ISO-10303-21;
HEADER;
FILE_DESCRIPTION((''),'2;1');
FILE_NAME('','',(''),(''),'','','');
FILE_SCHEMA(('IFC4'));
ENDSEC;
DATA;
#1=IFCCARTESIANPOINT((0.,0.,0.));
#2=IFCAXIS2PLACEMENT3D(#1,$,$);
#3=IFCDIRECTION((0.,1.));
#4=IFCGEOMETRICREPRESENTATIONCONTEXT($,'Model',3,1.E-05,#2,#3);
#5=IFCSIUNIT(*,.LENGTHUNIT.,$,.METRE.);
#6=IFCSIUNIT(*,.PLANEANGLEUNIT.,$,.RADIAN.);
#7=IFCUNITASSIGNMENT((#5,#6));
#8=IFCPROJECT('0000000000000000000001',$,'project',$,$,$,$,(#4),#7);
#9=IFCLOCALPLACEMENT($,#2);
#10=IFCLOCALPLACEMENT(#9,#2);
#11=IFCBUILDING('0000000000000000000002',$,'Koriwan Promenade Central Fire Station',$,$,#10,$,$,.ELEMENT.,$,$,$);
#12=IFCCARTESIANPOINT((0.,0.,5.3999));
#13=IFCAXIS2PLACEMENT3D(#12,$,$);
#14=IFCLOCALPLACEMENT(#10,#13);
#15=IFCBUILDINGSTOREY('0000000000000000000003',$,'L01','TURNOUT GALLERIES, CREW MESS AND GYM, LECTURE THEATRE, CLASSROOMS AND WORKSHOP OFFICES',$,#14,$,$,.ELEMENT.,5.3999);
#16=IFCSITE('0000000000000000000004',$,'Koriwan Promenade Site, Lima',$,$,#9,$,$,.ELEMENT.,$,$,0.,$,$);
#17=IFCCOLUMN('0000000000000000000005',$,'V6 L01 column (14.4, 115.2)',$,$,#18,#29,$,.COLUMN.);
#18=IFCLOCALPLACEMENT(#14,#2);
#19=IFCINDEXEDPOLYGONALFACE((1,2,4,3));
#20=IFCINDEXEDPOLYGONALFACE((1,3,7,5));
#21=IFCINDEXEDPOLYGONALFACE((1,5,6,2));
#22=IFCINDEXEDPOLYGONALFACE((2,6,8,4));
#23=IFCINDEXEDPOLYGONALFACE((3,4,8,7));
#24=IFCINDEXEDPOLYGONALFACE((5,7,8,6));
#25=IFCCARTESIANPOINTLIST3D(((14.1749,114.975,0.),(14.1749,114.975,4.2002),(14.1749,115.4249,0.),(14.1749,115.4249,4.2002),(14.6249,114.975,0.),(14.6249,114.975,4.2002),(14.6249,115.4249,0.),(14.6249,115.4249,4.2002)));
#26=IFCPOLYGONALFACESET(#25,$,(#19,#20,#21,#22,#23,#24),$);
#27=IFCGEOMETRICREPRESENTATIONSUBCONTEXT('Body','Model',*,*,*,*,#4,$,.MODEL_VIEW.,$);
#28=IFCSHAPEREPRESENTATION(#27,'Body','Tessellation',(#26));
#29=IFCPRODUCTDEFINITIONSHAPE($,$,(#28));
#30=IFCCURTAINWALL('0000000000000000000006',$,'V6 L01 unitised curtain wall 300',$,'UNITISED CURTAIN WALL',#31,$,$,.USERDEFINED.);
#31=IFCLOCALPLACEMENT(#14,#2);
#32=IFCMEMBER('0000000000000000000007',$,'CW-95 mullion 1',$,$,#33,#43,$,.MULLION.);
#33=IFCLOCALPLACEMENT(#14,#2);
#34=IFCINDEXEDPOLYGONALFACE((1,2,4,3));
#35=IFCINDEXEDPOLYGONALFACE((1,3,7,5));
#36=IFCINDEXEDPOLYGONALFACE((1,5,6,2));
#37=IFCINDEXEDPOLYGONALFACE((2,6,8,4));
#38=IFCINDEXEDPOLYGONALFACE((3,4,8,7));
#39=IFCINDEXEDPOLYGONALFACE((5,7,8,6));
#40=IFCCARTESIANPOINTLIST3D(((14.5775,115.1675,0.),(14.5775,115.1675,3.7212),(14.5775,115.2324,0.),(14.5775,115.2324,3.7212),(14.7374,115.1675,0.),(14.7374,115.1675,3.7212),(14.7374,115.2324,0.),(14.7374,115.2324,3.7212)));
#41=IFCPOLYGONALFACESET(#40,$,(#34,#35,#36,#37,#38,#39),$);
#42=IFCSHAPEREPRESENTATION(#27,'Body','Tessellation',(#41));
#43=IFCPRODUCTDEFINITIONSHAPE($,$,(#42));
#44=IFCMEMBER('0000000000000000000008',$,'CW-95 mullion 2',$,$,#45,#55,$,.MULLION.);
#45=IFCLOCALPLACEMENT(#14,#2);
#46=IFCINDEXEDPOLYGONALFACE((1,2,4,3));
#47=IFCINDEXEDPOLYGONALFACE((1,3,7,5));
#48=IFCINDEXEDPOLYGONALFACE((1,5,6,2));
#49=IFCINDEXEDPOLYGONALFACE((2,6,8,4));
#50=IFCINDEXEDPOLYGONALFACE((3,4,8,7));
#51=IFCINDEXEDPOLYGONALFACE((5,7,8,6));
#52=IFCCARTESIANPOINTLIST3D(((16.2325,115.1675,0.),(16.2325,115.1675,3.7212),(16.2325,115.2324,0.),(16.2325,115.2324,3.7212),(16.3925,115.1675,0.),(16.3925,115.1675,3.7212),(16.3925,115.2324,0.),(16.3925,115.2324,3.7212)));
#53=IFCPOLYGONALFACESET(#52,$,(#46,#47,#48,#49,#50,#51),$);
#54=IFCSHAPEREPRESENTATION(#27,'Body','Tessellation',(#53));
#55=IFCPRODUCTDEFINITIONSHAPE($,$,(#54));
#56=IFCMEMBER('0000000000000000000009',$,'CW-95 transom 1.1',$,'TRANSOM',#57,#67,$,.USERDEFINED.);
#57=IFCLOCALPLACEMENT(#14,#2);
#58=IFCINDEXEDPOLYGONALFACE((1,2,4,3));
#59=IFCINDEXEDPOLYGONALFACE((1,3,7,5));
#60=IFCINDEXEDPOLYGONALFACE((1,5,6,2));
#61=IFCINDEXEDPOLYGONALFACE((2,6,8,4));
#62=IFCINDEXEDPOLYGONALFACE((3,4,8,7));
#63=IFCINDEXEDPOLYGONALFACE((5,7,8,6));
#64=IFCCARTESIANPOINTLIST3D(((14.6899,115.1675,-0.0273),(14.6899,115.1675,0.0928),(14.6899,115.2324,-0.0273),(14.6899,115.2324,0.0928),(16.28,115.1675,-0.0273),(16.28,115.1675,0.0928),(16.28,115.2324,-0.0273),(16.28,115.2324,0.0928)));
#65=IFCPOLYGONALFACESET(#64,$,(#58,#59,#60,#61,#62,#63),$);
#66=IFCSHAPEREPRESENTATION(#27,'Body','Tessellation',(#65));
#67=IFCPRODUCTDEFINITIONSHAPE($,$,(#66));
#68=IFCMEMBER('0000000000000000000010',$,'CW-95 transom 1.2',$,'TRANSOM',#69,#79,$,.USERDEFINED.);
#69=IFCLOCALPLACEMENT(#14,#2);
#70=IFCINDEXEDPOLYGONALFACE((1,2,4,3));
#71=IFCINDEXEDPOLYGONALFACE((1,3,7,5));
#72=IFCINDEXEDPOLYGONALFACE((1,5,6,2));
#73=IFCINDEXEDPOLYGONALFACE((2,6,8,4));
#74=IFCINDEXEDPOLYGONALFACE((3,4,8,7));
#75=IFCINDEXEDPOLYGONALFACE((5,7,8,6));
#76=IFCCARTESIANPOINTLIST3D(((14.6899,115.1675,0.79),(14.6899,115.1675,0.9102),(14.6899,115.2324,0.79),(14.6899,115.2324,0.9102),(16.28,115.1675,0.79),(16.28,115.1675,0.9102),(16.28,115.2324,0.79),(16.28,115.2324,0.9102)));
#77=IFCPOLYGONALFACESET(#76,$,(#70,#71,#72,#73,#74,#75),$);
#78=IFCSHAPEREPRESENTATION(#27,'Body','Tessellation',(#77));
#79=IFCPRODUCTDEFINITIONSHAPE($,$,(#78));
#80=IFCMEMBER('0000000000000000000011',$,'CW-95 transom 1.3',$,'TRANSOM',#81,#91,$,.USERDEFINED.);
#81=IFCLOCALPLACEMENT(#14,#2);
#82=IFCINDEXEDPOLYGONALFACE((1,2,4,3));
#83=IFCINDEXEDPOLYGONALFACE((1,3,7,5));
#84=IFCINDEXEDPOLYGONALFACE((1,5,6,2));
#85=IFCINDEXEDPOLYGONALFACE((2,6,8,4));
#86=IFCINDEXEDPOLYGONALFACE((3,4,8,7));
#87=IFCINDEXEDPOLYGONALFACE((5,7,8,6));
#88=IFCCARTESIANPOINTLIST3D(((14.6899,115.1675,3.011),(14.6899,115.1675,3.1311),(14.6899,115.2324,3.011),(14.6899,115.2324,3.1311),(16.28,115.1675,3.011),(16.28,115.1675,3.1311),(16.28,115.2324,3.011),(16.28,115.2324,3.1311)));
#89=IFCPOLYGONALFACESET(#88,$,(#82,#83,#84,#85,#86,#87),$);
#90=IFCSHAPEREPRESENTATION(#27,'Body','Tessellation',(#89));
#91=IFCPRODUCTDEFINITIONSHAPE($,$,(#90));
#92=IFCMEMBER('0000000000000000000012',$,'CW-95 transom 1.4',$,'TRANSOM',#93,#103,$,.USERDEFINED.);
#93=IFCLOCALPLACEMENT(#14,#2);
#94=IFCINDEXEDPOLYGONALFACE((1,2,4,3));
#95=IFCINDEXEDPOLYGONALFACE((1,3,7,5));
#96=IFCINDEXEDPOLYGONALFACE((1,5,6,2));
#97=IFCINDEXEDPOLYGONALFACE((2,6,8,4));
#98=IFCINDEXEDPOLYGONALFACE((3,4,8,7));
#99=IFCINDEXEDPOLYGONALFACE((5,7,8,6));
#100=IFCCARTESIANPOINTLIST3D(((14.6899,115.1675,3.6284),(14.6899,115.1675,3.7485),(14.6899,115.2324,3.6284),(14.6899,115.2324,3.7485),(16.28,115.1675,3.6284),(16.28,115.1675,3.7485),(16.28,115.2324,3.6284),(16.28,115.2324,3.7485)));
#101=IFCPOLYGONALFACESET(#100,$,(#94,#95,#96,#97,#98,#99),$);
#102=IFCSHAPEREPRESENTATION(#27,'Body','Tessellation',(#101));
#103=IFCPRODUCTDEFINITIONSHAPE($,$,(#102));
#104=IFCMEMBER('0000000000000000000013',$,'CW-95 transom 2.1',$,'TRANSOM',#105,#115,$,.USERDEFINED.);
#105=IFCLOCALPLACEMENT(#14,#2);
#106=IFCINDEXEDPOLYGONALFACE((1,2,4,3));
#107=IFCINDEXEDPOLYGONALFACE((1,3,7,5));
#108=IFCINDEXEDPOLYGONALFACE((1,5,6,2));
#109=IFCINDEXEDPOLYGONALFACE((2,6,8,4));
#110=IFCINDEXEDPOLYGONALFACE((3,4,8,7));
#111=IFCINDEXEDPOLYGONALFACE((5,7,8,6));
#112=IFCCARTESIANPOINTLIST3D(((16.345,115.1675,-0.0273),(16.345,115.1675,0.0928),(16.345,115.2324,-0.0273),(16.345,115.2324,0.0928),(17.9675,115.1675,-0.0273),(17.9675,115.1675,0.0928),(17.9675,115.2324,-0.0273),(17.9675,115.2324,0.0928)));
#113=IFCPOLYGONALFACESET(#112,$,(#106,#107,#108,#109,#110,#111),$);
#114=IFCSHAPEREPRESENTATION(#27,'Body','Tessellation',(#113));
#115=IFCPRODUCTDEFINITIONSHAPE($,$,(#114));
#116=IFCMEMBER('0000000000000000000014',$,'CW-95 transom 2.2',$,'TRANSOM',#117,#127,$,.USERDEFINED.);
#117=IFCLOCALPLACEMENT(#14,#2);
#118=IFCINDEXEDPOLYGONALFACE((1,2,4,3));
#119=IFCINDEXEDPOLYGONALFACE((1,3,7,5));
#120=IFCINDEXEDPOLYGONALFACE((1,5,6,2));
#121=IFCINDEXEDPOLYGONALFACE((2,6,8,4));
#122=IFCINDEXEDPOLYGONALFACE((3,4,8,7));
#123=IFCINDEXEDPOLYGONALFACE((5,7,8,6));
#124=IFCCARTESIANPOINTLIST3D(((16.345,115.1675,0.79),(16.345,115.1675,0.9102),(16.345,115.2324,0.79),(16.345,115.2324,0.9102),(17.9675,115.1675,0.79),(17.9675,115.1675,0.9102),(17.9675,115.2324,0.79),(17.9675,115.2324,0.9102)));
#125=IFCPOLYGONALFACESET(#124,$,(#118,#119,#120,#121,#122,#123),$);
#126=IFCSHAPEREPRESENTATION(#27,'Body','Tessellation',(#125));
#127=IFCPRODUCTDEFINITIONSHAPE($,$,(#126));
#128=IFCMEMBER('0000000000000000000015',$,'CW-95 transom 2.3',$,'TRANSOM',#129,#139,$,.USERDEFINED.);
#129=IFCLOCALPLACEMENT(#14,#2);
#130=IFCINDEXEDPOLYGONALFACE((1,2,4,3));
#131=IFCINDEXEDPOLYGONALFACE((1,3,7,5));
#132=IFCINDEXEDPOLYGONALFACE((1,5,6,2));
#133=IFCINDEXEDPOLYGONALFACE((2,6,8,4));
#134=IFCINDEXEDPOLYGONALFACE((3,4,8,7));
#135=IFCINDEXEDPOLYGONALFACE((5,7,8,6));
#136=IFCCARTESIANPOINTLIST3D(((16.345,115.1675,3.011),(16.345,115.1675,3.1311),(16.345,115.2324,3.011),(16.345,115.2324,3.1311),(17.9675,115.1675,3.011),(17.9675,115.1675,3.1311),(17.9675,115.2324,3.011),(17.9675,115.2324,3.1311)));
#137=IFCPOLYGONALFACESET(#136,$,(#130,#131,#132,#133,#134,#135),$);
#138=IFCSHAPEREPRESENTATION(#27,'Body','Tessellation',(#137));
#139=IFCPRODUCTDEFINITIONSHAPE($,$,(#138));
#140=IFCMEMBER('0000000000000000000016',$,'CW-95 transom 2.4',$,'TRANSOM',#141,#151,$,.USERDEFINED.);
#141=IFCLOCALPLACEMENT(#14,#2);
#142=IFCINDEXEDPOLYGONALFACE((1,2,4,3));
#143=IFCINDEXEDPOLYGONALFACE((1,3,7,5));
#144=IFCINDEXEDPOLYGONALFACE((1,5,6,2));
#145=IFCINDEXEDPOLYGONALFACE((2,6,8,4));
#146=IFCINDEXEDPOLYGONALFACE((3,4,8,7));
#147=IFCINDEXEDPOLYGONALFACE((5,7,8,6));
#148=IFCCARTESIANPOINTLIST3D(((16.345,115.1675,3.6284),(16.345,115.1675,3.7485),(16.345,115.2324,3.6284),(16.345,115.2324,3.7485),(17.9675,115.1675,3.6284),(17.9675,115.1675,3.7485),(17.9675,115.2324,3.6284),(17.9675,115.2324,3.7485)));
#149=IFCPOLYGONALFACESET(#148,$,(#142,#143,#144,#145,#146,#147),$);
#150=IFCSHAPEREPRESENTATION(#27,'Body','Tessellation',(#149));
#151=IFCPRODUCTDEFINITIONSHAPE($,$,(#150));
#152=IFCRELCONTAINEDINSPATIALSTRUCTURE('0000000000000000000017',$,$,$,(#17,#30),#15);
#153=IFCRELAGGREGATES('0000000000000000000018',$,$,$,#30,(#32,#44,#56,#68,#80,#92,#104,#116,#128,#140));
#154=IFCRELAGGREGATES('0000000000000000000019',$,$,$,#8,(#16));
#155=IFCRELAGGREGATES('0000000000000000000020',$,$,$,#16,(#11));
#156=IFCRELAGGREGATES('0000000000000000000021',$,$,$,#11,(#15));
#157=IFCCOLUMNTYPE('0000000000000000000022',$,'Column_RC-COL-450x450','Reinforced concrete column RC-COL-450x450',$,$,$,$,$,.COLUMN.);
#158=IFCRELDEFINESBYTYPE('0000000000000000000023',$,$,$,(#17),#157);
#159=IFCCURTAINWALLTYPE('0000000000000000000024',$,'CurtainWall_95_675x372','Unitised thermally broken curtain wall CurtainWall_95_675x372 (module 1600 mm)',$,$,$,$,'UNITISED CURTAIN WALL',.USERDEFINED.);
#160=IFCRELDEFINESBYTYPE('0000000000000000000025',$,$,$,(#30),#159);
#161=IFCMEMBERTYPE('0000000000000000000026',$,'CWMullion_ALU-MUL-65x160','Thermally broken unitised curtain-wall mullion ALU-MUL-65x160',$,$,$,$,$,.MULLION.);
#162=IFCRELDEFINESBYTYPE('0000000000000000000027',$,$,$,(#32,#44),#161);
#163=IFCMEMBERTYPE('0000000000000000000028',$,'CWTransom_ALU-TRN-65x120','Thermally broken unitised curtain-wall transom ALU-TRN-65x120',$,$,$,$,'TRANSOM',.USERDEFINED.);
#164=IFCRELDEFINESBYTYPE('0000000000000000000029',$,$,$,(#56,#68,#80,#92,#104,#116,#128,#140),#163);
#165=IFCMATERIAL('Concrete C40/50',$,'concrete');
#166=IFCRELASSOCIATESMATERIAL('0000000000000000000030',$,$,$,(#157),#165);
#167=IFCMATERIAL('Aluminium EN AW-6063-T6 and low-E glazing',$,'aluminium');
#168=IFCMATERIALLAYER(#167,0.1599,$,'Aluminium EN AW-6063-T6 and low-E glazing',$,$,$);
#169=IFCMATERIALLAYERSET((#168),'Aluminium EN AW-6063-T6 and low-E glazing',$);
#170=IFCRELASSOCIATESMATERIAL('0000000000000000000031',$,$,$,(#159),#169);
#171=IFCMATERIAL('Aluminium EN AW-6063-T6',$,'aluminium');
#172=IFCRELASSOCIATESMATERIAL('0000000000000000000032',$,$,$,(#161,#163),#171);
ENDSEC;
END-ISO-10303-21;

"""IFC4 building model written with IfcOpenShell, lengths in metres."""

from ifc_helpers import new_model, si_unit, direction, frame, origin, origin_2d, place, context, subcontext, project, spatial, rectangle, extrude, material, layer, layer_set, material_profile, profile_set, type_object, element, aggregate, save


model = new_model("IFC4")

# Units and contexts
model_context = context("Model", 3, precision=1e-05, world=origin(), true_north=direction((0.0, 1.0)))
body_context = subcontext(model_context, "Body", "Model", "MODEL_VIEW")
ifc_project = project(units=[si_unit("LENGTHUNIT", "METRE"), si_unit("PLANEANGLEUNIT", "RADIAN")], contexts=[model_context])

# Site, building, storey
site_placement = place(None, origin())
site = spatial("IfcSite", under=ifc_project, at=site_placement, Name="Koriwan Promenade Site, Lima", CompositionType="ELEMENT", RefElevation=0.0)
building_placement = place(site_placement, origin())
building = spatial("IfcBuilding", under=site, at=building_placement, Name="Koriwan Promenade Central Fire Station", CompositionType="ELEMENT")
storey_placement = place(building_placement, frame((0.0, 0.0, 5.3999)))
storey = spatial("IfcBuildingStorey", under=building, at=storey_placement, Name="L01", Description="TURNOUT GALLERIES, CREW MESS AND GYM, LECTURE THEATRE, CLASSROOMS AND WORKSHOP OFFICES", CompositionType="ELEMENT", Elevation=5.3999)

# Column
ifc_material_1 = material(Name="Concrete C40/50", Category="concrete")
ifc_material_profile_1 = material_profile(ifc_material_1, rectangle(XDim=0.45, YDim=0.45, at=origin_2d()), Name="RC-COL-450x450")
ifc_profile_set_1 = profile_set([ifc_material_profile_1], Name="Concrete C40/50")
column_type = type_object("IfcColumnType", Name="Column_RC-COL-450x450", Description="Reinforced concrete column RC-COL-450x450", PredefinedType="COLUMN", material=ifc_profile_set_1)
column_placement = place(storey_placement, frame((14.3999, 115.2, 0.0), z_axis=(0.0, 0.0, 1.0), x_axis=(1.0, 0.0, 0.0)))
element("IfcColumn", 1, at=column_placement, inside=storey, type_object=column_type, Name="V6 L01 column (14.4, 115.2)", PredefinedType="COLUMN", context=body_context, shape_type="SweptSolid", body=[
    extrude(rectangle(XDim=0.45, YDim=0.45, at=origin_2d()), origin(), (0.0, 0.0, 1.0), 4.2002),
])

# Curtain wall, members
ifc_material_2 = material(Name="Aluminium EN AW-6063-T6 and low-E glazing", Category="aluminium")
ifc_layer_1 = layer(ifc_material_2, 0.1599, Name="Aluminium EN AW-6063-T6 and low-E glazing")
ifc_layer_set_1 = layer_set([ifc_layer_1], Name="Aluminium EN AW-6063-T6 and low-E glazing")
curtain_wall_type = type_object("IfcCurtainWallType", Name="CurtainWall_95_675x372", Description="Unitised thermally broken curtain wall CurtainWall_95_675x372 (module 1600 mm)", ElementType="UNITISED CURTAIN WALL", PredefinedType="USERDEFINED", material=ifc_layer_set_1)
curtain_wall_placement = place(storey_placement, origin())
curtain_wall = element("IfcCurtainWall", 2, at=curtain_wall_placement, inside=storey, type_object=curtain_wall_type, Name="V6 L01 unitised curtain wall 300", ObjectType="UNITISED CURTAIN WALL", PredefinedType="USERDEFINED")
ifc_material_3 = material(Name="Aluminium EN AW-6063-T6", Category="aluminium")
ifc_material_profile_2 = material_profile(ifc_material_3, rectangle(XDim=0.0649, YDim=0.1599, at=origin_2d()), Name="ALU-MUL-65x160")
ifc_profile_set_2 = profile_set([ifc_material_profile_2], Name="Aluminium EN AW-6063-T6")
member_type_1 = type_object("IfcMemberType", Name="CWMullion_ALU-MUL-65x160", Description="Thermally broken unitised curtain-wall mullion ALU-MUL-65x160", PredefinedType="MULLION", material=ifc_profile_set_2)
member_1_placement = place(storey_placement, frame((14.6575, 115.2, 0.0), z_axis=(0.0, 0.0, 1.0), x_axis=(0.0, 1.0, 0.0)))
member_1 = element("IfcMember", 3, at=member_1_placement, type_object=member_type_1, Name="CW-95 mullion 1", PredefinedType="MULLION", context=body_context, shape_type="SweptSolid", body=[
    extrude(rectangle(XDim=0.0649, YDim=0.1599, at=origin_2d()), origin(), (0.0, 0.0, 1.0), 3.7212),
])
member_2_placement = place(storey_placement, frame((16.3125, 115.2, 0.0), z_axis=(0.0, 0.0, 1.0), x_axis=(0.0, 1.0, 0.0)))
member_2 = element("IfcMember", 4, at=member_2_placement, type_object=member_type_1, Name="CW-95 mullion 2", PredefinedType="MULLION", context=body_context, shape_type="SweptSolid", body=[
    extrude(rectangle(XDim=0.0649, YDim=0.1599, at=origin_2d()), origin(), (0.0, 0.0, 1.0), 3.7212),
])
ifc_material_profile_3 = material_profile(ifc_material_3, rectangle(XDim=0.0649, YDim=0.1201, at=origin_2d()), Name="ALU-TRN-65x120")
ifc_profile_set_3 = profile_set([ifc_material_profile_3], Name="Aluminium EN AW-6063-T6")
member_type_2 = type_object("IfcMemberType", Name="CWTransom_ALU-TRN-65x120", Description="Thermally broken unitised curtain-wall transom ALU-TRN-65x120", ElementType="TRANSOM", PredefinedType="USERDEFINED", material=ifc_profile_set_3)
member_3_placement = place(storey_placement, frame((14.6899, 115.2, 0.0327), z_axis=(1.0, 0.0, 0.0), x_axis=(0.0, 1.0, 0.0)))
member_3 = element("IfcMember", 5, at=member_3_placement, type_object=member_type_2, Name="CW-95 transom 1.1", ObjectType="TRANSOM", PredefinedType="USERDEFINED", context=body_context, shape_type="SweptSolid", body=[
    extrude(rectangle(XDim=0.0649, YDim=0.1201, at=origin_2d()), origin(), (0.0, 0.0, 1.0), 1.5901),
])
member_4_placement = place(storey_placement, frame((14.6899, 115.2, 0.8501), z_axis=(1.0, 0.0, 0.0), x_axis=(0.0, 1.0, 0.0)))
member_4 = element("IfcMember", 6, at=member_4_placement, type_object=member_type_2, Name="CW-95 transom 1.2", ObjectType="TRANSOM", PredefinedType="USERDEFINED", context=body_context, shape_type="SweptSolid", body=[
    extrude(rectangle(XDim=0.0649, YDim=0.1201, at=origin_2d()), origin(), (0.0, 0.0, 1.0), 1.5901),
])
member_5_placement = place(storey_placement, frame((14.6899, 115.2, 3.071), z_axis=(1.0, 0.0, 0.0), x_axis=(0.0, 1.0, 0.0)))
member_5 = element("IfcMember", 7, at=member_5_placement, type_object=member_type_2, Name="CW-95 transom 1.3", ObjectType="TRANSOM", PredefinedType="USERDEFINED", context=body_context, shape_type="SweptSolid", body=[
    extrude(rectangle(XDim=0.0649, YDim=0.1201, at=origin_2d()), origin(), (0.0, 0.0, 1.0), 1.5901),
])
member_6_placement = place(storey_placement, frame((14.6899, 115.2, 3.6885), z_axis=(1.0, 0.0, 0.0), x_axis=(0.0, 1.0, 0.0)))
member_6 = element("IfcMember", 8, at=member_6_placement, type_object=member_type_2, Name="CW-95 transom 1.4", ObjectType="TRANSOM", PredefinedType="USERDEFINED", context=body_context, shape_type="SweptSolid", body=[
    extrude(rectangle(XDim=0.0649, YDim=0.1201, at=origin_2d()), origin(), (0.0, 0.0, 1.0), 1.5901),
])
member_7_placement = place(storey_placement, frame((16.345, 115.2, 0.0327), z_axis=(1.0, 0.0, 0.0), x_axis=(0.0, 1.0, 0.0)))
member_7 = element("IfcMember", 9, at=member_7_placement, type_object=member_type_2, Name="CW-95 transom 2.1", ObjectType="TRANSOM", PredefinedType="USERDEFINED", context=body_context, shape_type="SweptSolid", body=[
    extrude(rectangle(XDim=0.0649, YDim=0.1201, at=origin_2d()), origin(), (0.0, 0.0, 1.0), 1.6226),
])
member_8_placement = place(storey_placement, frame((16.345, 115.2, 0.8501), z_axis=(1.0, 0.0, 0.0), x_axis=(0.0, 1.0, 0.0)))
member_8 = element("IfcMember", 10, at=member_8_placement, type_object=member_type_2, Name="CW-95 transom 2.2", ObjectType="TRANSOM", PredefinedType="USERDEFINED", context=body_context, shape_type="SweptSolid", body=[
    extrude(rectangle(XDim=0.0649, YDim=0.1201, at=origin_2d()), origin(), (0.0, 0.0, 1.0), 1.6226),
])
member_9_placement = place(storey_placement, frame((16.345, 115.2, 3.071), z_axis=(1.0, 0.0, 0.0), x_axis=(0.0, 1.0, 0.0)))
member_9 = element("IfcMember", 11, at=member_9_placement, type_object=member_type_2, Name="CW-95 transom 2.3", ObjectType="TRANSOM", PredefinedType="USERDEFINED", context=body_context, shape_type="SweptSolid", body=[
    extrude(rectangle(XDim=0.0649, YDim=0.1201, at=origin_2d()), origin(), (0.0, 0.0, 1.0), 1.6226),
])
member_10_placement = place(storey_placement, frame((16.345, 115.2, 3.6885), z_axis=(1.0, 0.0, 0.0), x_axis=(0.0, 1.0, 0.0)))
member_10 = element("IfcMember", 12, at=member_10_placement, type_object=member_type_2, Name="CW-95 transom 2.4", ObjectType="TRANSOM", PredefinedType="USERDEFINED", context=body_context, shape_type="SweptSolid", body=[
    extrude(rectangle(XDim=0.0649, YDim=0.1201, at=origin_2d()), origin(), (0.0, 0.0, 1.0), 1.6226),
])

aggregate(curtain_wall, [member_1, member_2, member_3, member_4, member_5, member_6, member_7, member_8, member_9, member_10])

save(model, "model.ifc")
